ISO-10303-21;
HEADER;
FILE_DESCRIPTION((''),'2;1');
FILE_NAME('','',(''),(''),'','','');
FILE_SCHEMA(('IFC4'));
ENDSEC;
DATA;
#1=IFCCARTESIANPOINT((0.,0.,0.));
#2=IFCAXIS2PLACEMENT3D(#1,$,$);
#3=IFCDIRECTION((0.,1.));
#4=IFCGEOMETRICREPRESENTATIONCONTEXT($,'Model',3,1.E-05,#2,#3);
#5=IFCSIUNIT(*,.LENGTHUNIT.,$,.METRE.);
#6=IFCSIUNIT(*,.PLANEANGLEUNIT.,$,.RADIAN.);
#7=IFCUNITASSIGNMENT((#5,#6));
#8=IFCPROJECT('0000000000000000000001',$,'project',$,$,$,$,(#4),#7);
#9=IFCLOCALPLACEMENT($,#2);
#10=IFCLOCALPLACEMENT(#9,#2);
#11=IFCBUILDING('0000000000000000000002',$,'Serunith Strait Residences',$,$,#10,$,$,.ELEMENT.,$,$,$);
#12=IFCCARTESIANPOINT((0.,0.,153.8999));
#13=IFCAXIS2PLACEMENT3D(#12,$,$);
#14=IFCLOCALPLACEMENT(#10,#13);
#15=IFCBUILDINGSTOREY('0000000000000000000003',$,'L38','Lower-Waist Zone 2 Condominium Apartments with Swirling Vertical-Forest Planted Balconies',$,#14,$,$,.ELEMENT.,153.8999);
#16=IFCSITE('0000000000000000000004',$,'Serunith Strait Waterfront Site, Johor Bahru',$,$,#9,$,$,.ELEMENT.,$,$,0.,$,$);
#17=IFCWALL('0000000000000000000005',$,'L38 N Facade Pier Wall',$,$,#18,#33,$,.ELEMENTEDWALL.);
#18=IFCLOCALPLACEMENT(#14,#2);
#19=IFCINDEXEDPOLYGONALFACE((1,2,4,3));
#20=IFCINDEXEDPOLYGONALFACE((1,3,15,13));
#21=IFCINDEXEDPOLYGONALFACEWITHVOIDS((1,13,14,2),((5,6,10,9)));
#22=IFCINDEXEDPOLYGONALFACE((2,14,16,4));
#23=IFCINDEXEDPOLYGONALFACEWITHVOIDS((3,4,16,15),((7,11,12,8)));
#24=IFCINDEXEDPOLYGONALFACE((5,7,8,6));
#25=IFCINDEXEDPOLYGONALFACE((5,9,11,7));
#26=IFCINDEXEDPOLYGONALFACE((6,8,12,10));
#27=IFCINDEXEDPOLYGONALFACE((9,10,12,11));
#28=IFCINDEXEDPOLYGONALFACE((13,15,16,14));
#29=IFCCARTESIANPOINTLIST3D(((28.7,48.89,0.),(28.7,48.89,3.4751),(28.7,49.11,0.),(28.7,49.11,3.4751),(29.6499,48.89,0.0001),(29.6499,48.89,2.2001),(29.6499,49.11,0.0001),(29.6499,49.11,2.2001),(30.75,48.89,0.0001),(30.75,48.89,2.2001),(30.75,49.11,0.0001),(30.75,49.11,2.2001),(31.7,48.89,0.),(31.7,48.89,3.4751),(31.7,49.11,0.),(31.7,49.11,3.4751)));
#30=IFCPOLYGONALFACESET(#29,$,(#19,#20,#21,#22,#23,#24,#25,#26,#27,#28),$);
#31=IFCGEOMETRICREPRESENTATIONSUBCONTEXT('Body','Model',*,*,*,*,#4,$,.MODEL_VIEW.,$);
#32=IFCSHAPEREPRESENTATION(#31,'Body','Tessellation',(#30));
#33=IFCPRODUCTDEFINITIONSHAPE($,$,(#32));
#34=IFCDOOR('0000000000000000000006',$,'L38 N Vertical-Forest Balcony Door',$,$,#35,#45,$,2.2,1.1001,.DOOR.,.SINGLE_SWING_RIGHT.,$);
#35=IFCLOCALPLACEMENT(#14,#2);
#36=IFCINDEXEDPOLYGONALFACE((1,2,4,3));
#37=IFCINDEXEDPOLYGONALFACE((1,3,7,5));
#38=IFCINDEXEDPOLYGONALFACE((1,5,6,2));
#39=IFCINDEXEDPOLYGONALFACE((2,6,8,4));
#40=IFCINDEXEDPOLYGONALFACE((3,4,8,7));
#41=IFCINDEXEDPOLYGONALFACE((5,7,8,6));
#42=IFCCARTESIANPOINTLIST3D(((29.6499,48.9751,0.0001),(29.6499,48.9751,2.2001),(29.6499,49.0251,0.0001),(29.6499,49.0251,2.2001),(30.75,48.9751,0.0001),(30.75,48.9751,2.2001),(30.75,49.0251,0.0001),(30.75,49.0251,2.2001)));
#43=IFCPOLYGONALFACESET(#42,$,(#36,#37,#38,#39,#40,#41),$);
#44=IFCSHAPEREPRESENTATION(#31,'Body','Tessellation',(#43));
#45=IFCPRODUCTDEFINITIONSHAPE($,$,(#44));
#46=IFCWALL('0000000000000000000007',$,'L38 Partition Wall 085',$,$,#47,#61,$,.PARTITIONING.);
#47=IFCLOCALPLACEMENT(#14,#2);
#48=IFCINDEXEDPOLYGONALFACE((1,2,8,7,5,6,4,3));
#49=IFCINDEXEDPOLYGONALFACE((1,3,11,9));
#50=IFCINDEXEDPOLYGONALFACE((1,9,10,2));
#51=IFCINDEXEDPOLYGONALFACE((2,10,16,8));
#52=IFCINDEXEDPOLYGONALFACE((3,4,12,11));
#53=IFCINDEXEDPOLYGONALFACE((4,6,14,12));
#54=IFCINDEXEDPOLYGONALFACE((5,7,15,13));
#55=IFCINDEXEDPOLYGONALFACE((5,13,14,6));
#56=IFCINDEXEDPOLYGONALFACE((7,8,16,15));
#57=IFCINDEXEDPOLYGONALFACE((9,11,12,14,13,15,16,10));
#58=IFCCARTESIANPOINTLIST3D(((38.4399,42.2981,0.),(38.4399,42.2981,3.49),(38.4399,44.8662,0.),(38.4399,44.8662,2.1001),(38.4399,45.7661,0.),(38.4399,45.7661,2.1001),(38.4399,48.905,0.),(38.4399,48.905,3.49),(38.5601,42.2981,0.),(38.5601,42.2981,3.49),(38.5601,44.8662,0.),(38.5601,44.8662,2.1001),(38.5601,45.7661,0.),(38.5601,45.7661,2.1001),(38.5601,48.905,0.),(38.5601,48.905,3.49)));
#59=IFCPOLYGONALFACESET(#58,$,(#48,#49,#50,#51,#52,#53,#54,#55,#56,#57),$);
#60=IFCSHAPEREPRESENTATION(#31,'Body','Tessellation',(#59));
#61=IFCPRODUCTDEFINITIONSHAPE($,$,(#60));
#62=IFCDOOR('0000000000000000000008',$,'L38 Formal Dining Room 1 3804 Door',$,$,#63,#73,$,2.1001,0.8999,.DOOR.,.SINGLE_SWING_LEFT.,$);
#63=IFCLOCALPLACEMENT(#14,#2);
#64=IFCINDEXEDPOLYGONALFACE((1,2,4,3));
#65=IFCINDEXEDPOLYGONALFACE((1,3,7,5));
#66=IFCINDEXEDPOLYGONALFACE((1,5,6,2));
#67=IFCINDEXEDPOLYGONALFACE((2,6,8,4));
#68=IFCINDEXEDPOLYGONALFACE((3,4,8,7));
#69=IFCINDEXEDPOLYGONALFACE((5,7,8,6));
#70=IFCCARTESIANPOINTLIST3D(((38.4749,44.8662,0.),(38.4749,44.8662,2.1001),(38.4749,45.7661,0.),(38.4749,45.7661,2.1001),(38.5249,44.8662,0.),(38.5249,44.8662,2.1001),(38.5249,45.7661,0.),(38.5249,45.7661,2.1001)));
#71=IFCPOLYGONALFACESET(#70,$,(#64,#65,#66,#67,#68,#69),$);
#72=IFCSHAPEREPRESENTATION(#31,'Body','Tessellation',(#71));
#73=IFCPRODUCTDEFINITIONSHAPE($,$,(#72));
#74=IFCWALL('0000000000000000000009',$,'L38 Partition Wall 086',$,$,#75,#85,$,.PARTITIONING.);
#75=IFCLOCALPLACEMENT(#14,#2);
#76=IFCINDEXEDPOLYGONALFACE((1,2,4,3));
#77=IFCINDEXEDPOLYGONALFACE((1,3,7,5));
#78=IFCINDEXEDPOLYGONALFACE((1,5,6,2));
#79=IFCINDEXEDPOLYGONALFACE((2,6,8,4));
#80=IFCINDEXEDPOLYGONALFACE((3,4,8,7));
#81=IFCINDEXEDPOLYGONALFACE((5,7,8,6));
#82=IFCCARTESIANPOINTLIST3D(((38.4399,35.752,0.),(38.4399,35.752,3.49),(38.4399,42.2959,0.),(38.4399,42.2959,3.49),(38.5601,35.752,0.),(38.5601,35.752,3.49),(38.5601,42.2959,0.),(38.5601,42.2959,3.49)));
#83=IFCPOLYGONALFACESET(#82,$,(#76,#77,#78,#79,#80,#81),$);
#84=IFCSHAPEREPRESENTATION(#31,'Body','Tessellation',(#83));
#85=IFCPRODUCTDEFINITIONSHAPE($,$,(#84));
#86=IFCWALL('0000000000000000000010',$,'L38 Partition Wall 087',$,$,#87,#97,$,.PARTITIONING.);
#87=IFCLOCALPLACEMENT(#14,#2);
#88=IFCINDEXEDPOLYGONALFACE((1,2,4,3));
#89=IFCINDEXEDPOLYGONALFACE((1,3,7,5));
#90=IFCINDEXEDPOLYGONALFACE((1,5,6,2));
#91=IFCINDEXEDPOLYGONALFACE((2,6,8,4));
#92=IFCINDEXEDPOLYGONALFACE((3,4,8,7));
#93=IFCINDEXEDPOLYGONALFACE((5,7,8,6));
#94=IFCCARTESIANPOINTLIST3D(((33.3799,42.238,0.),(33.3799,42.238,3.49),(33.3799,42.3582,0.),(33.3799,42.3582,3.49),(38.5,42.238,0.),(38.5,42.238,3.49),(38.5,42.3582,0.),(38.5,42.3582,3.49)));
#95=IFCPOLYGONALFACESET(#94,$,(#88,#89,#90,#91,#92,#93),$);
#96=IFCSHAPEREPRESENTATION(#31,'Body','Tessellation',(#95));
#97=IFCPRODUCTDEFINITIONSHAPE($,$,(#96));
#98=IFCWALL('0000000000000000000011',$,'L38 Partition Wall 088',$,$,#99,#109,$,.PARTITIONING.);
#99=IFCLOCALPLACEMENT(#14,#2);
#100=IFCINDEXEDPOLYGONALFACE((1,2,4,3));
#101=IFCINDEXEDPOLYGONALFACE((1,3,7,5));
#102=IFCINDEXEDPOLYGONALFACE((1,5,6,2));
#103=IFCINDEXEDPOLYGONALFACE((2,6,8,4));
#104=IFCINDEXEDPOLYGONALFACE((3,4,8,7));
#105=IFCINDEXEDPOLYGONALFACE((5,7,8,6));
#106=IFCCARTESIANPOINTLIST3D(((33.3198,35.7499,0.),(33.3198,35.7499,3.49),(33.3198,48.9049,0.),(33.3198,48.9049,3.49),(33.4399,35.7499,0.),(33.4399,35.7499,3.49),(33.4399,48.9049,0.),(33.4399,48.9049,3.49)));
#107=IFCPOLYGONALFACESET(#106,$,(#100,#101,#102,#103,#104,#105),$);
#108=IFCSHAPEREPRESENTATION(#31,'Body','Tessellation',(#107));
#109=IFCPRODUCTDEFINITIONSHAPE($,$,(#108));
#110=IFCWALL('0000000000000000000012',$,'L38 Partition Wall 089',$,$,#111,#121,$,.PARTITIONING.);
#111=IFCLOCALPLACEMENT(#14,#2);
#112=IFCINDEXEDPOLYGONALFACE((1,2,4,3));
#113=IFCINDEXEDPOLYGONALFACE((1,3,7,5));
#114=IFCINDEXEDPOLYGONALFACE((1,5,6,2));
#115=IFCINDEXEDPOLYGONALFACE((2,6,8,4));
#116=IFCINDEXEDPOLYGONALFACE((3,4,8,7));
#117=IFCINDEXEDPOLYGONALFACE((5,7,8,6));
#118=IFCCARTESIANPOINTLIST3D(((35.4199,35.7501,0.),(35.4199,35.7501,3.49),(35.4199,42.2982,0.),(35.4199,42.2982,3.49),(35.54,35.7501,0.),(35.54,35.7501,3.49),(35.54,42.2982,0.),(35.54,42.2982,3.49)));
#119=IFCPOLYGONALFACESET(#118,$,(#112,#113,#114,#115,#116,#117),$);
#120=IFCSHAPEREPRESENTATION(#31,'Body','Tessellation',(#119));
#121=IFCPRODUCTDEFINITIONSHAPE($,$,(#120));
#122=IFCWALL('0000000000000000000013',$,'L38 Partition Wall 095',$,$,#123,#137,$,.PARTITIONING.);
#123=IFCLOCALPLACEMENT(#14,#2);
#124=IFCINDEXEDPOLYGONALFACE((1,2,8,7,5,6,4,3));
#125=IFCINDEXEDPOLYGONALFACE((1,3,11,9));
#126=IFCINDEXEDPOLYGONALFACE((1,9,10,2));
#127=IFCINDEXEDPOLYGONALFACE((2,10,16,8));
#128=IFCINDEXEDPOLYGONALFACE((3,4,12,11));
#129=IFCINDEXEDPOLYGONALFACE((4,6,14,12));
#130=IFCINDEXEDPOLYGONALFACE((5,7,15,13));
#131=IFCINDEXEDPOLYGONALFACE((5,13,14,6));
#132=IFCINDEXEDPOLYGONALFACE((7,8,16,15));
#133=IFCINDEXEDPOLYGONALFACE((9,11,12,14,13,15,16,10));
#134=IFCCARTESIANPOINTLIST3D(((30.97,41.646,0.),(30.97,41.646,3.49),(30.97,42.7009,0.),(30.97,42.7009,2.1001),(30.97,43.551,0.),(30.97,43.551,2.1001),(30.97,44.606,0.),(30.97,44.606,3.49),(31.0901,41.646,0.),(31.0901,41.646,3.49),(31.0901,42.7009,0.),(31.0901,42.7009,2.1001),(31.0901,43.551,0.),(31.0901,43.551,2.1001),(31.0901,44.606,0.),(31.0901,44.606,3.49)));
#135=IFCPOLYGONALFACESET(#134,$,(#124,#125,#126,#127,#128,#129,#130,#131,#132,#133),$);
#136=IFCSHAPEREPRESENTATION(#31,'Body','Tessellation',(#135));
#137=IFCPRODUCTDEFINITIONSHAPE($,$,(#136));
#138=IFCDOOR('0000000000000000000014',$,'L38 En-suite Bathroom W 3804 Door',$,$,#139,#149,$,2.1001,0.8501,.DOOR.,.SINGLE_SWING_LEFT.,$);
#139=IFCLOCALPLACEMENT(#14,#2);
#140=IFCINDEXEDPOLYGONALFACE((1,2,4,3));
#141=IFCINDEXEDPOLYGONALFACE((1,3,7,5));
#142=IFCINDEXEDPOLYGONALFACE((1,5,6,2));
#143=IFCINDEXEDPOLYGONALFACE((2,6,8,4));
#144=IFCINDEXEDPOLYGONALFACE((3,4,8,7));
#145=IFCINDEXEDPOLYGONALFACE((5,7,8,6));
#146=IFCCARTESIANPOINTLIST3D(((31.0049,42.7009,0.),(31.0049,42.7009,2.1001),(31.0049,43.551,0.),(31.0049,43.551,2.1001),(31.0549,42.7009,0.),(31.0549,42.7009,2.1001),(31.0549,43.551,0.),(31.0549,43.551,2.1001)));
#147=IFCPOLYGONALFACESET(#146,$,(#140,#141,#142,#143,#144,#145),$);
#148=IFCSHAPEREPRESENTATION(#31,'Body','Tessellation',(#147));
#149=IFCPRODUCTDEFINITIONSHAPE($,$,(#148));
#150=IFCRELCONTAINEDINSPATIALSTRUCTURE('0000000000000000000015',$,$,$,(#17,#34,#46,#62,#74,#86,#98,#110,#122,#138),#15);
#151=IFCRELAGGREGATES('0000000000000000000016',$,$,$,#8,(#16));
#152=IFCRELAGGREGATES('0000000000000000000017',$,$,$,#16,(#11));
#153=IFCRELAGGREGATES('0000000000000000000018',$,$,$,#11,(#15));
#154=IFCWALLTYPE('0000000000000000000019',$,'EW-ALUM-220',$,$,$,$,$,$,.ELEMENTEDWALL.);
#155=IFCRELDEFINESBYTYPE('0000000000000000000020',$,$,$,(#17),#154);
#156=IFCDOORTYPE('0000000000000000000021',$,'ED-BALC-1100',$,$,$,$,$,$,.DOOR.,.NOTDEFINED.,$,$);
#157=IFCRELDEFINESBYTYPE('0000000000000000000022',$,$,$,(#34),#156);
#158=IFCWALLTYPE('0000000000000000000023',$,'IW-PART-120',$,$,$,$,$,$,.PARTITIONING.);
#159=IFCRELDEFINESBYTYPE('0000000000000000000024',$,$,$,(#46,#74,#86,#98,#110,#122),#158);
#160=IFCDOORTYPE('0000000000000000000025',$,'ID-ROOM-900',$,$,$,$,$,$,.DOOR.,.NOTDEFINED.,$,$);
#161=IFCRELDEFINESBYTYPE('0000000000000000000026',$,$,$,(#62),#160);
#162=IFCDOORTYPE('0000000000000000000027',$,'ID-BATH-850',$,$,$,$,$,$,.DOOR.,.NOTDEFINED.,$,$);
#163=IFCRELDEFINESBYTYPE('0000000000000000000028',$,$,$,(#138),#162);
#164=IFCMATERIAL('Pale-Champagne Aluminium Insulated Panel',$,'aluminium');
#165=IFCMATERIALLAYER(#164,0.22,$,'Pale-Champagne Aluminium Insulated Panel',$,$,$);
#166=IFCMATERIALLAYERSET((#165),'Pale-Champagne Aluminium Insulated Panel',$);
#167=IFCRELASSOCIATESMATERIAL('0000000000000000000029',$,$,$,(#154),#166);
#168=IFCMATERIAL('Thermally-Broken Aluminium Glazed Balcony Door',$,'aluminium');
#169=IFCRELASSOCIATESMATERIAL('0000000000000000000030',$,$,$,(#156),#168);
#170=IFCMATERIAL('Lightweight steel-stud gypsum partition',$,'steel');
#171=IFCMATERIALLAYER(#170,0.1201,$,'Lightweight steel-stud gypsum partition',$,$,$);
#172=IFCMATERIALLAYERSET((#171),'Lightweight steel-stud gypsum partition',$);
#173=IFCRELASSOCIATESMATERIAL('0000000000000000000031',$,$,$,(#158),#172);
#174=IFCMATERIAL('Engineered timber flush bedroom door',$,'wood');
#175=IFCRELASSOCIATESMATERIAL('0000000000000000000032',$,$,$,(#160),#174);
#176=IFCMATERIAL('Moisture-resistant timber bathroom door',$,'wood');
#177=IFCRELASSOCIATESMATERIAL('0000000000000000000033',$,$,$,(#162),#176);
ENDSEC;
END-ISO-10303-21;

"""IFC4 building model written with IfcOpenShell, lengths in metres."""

from ifc_helpers import new_model, si_unit, direction, frame, frame_2d, origin, place, context, subcontext, project, spatial, rectangle, extrude, source, transform, mapped, material, layer, layer_set, type_object, element, fill, save


model = new_model("IFC4")

# Units and contexts
model_context = context("Model", 3, precision=1e-05, world=origin(), true_north=direction((0.0, 1.0)))
body_context = subcontext(model_context, "Body", "Model", "MODEL_VIEW")
ifc_project = project(units=[si_unit("LENGTHUNIT", "METRE"), si_unit("PLANEANGLEUNIT", "RADIAN")], contexts=[model_context])

# Site, building, storey
site_placement = place(None, origin())
site = spatial("IfcSite", under=ifc_project, at=site_placement, Name="Serunith Strait Waterfront Site, Johor Bahru", CompositionType="ELEMENT", RefElevation=0.0)
building_placement = place(site_placement, origin())
building = spatial("IfcBuilding", under=site, at=building_placement, Name="Serunith Strait Residences", CompositionType="ELEMENT")
storey_placement = place(building_placement, frame((0.0, 0.0, 153.8999)))
storey = spatial("IfcBuildingStorey", under=building, at=storey_placement, Name="L38", Description="Lower-Waist Zone 2 Condominium Apartments with Swirling Vertical-Forest Planted Balconies", CompositionType="ELEMENT", Elevation=153.8999)

# Walls, openings, doors
ifc_material_1 = material(Name="Pale-Champagne Aluminium Insulated Panel", Category="aluminium")
ifc_layer_1 = layer(ifc_material_1, 0.22, Name="Pale-Champagne Aluminium Insulated Panel")
ifc_layer_set_1 = layer_set([ifc_layer_1], Name="Pale-Champagne Aluminium Insulated Panel")
wall_type_1 = type_object("IfcWallType", Name="EW-ALUM-220", PredefinedType="ELEMENTEDWALL", material=ifc_layer_set_1)
wall_1_placement = place(storey_placement, frame((31.7, 49.0, 0.0), z_axis=(0.0, 0.0, 1.0), x_axis=(-1.0, 0.0, 0.0)))
wall_1 = element("IfcWall", 1, at=wall_1_placement, inside=storey, type_object=wall_type_1, Name="L38 N Facade Pier Wall", PredefinedType="ELEMENTEDWALL", context=body_context, shape_type="SweptSolid", body=[
    extrude(rectangle(XDim=3.0, YDim=0.22, at=frame_2d((1.5, 0.0))), origin(), (0.0, 0.0, 1.0), 3.4751),
])
opening_1_placement = place(wall_1_placement, frame((0.95, 0.0, 0.0)))
opening_1 = element("IfcOpeningElement", 2, at=opening_1_placement, cuts=wall_1, PredefinedType="OPENING", context=body_context, shape_type="SweptSolid", body=[
    extrude(rectangle(XDim=1.1001, YDim=2.2, at=frame_2d((0.55, 1.1001))), frame((0.0, 0.1201, 0.0), z_axis=(0.0, -1.0, 0.0), x_axis=(1.0, 0.0, 0.0)), (0.0, 0.0, 1.0), 0.24),
])
ifc_material_2 = material(Name="Thermally-Broken Aluminium Glazed Balcony Door", Category="aluminium")
door_type_1 = type_object("IfcDoorType", Name="ED-BALC-1100", OperationType="NOTDEFINED", PredefinedType="DOOR", material=ifc_material_2)
shared_shape_1 = source(origin(), body_context, "Body", "SweptSolid", [
    extrude(rectangle(XDim=1.1001, YDim=2.2, at=frame_2d((0.55, 1.1001))), frame((0.0, 0.0249, 0.0), z_axis=(0.0, -1.0, 0.0), x_axis=(1.0, 0.0, 0.0)), (0.0, 0.0, 1.0), 0.05),
])
door_1_placement = place(opening_1_placement, origin())
door_1 = element("IfcDoor", 3, at=door_1_placement, inside=storey, type_object=door_type_1, Name="L38 N Vertical-Forest Balcony Door", OperationType="SINGLE_SWING_RIGHT", OverallHeight=2.2, OverallWidth=1.1001, PredefinedType="DOOR", context=body_context, shape_type="MappedRepresentation", body=[
    mapped(shared_shape_1, transform((0.0, 0.0, 0.0), scale=1.0)),
])
fill(opening_1, door_1)
ifc_material_3 = material(Name="Lightweight steel-stud gypsum partition", Category="steel")
ifc_layer_2 = layer(ifc_material_3, 0.1201, Name="Lightweight steel-stud gypsum partition")
ifc_layer_set_2 = layer_set([ifc_layer_2], Name="Lightweight steel-stud gypsum partition")
wall_type_2 = type_object("IfcWallType", Name="IW-PART-120", PredefinedType="PARTITIONING", material=ifc_layer_set_2)
wall_2_placement = place(storey_placement, frame((38.5, 48.905, 0.0), z_axis=(0.0, 0.0, 1.0), x_axis=(0.0, -1.0, 0.0)))
wall_2 = element("IfcWall", 4, at=wall_2_placement, inside=storey, type_object=wall_type_2, Name="L38 Partition Wall 085", PredefinedType="PARTITIONING", context=body_context, shape_type="SweptSolid", body=[
    extrude(rectangle(XDim=6.6069, YDim=0.1201, at=frame_2d((3.3035, 0.0))), origin(), (0.0, 0.0, 1.0), 3.49),
])
opening_2_placement = place(wall_2_placement, frame((3.1389, 0.0, 0.0)))
opening_2 = element("IfcOpeningElement", 5, at=opening_2_placement, cuts=wall_2, PredefinedType="OPENING", context=body_context, shape_type="SweptSolid", body=[
    extrude(rectangle(XDim=0.8999, YDim=2.1001, at=frame_2d((0.45, 1.05))), frame((0.0, 0.0701, 0.0), z_axis=(0.0, -1.0, 0.0), x_axis=(1.0, 0.0, 0.0)), (0.0, 0.0, 1.0), 0.1401),
])
ifc_material_4 = material(Name="Engineered timber flush bedroom door", Category="wood")
door_type_2 = type_object("IfcDoorType", Name="ID-ROOM-900", OperationType="NOTDEFINED", PredefinedType="DOOR", material=ifc_material_4)
shared_shape_2 = source(origin(), body_context, "Body", "SweptSolid", [
    extrude(rectangle(XDim=0.8999, YDim=2.1001, at=frame_2d((0.45, 1.05))), frame((0.0, 0.0249, 0.0), z_axis=(0.0, -1.0, 0.0), x_axis=(1.0, 0.0, 0.0)), (0.0, 0.0, 1.0), 0.05),
])
door_2_placement = place(opening_2_placement, origin())
door_2 = element("IfcDoor", 6, at=door_2_placement, inside=storey, type_object=door_type_2, Name="L38 Formal Dining Room 1 3804 Door", OperationType="SINGLE_SWING_LEFT", OverallHeight=2.1001, OverallWidth=0.8999, PredefinedType="DOOR", context=body_context, shape_type="MappedRepresentation", body=[
    mapped(shared_shape_2, transform((0.0, 0.0, 0.0), scale=1.0)),
])
fill(opening_2, door_2)

# Walls
wall_3_placement = place(storey_placement, frame((38.5, 42.2959, 0.0), z_axis=(0.0, 0.0, 1.0), x_axis=(0.0, -1.0, 0.0)))
element("IfcWall", 7, at=wall_3_placement, inside=storey, type_object=wall_type_2, Name="L38 Partition Wall 086", PredefinedType="PARTITIONING", context=body_context, shape_type="SweptSolid", body=[
    extrude(rectangle(XDim=6.5439, YDim=0.1201, at=frame_2d((3.272, 0.0))), origin(), (0.0, 0.0, 1.0), 3.49),
])
wall_4_placement = place(storey_placement, frame((33.3799, 42.2981, 0.0), z_axis=(0.0, 0.0, 1.0), x_axis=(1.0, 0.0, 0.0)))
element("IfcWall", 8, at=wall_4_placement, inside=storey, type_object=wall_type_2, Name="L38 Partition Wall 087", PredefinedType="PARTITIONING", context=body_context, shape_type="SweptSolid", body=[
    extrude(rectangle(XDim=5.1201, YDim=0.1201, at=frame_2d((2.5601, 0.0))), origin(), (0.0, 0.0, 1.0), 3.49),
])
wall_5_placement = place(storey_placement, frame((33.3799, 48.905, 0.0), z_axis=(0.0, 0.0, 1.0), x_axis=(0.0, -1.0, 0.0)))
element("IfcWall", 9, at=wall_5_placement, inside=storey, type_object=wall_type_2, Name="L38 Partition Wall 088", PredefinedType="PARTITIONING", context=body_context, shape_type="SweptSolid", body=[
    extrude(rectangle(XDim=13.155, YDim=0.1201, at=frame_2d((6.5776, 0.0))), origin(), (0.0, 0.0, 1.0), 3.49),
])
wall_6_placement = place(storey_placement, frame((35.48, 42.2981, 0.0), z_axis=(0.0, 0.0, 1.0), x_axis=(0.0, -1.0, 0.0)))
element("IfcWall", 10, at=wall_6_placement, inside=storey, type_object=wall_type_2, Name="L38 Partition Wall 089", PredefinedType="PARTITIONING", context=body_context, shape_type="SweptSolid", body=[
    extrude(rectangle(XDim=6.5481, YDim=0.1201, at=frame_2d((3.2739, 0.0))), origin(), (0.0, 0.0, 1.0), 3.49),
])

# Wall, opening, door
wall_7_placement = place(storey_placement, frame((31.03, 44.606, 0.0), z_axis=(0.0, 0.0, 1.0), x_axis=(0.0, -1.0, 0.0)))
wall_7 = element("IfcWall", 11, at=wall_7_placement, inside=storey, type_object=wall_type_2, Name="L38 Partition Wall 095", PredefinedType="PARTITIONING", context=body_context, shape_type="SweptSolid", body=[
    extrude(rectangle(XDim=2.96, YDim=0.1201, at=frame_2d((1.48, 0.0))), origin(), (0.0, 0.0, 1.0), 3.49),
])
opening_3_placement = place(wall_7_placement, frame((1.0549, 0.0, 0.0)))
opening_3 = element("IfcOpeningElement", 12, at=opening_3_placement, cuts=wall_7, PredefinedType="OPENING", context=body_context, shape_type="SweptSolid", body=[
    extrude(rectangle(XDim=0.8501, YDim=2.1001, at=frame_2d((0.425, 1.05))), frame((0.0, 0.0701, 0.0), z_axis=(0.0, -1.0, 0.0), x_axis=(1.0, 0.0, 0.0)), (0.0, 0.0, 1.0), 0.1401),
])
ifc_material_5 = material(Name="Moisture-resistant timber bathroom door", Category="wood")
door_type_3 = type_object("IfcDoorType", Name="ID-BATH-850", OperationType="NOTDEFINED", PredefinedType="DOOR", material=ifc_material_5)
shared_shape_3 = source(origin(), body_context, "Body", "SweptSolid", [
    extrude(rectangle(XDim=0.8501, YDim=2.1001, at=frame_2d((0.425, 1.05))), frame((0.0, 0.0249, 0.0), z_axis=(0.0, -1.0, 0.0), x_axis=(1.0, 0.0, 0.0)), (0.0, 0.0, 1.0), 0.05),
])
door_3_placement = place(opening_3_placement, origin())
door_3 = element("IfcDoor", 13, at=door_3_placement, inside=storey, type_object=door_type_3, Name="L38 En-suite Bathroom W 3804 Door", OperationType="SINGLE_SWING_LEFT", OverallHeight=2.1001, OverallWidth=0.8501, PredefinedType="DOOR", context=body_context, shape_type="MappedRepresentation", body=[
    mapped(shared_shape_3, transform((0.0, 0.0, 0.0), scale=1.0)),
])
fill(opening_3, door_3)

save(model, "model.ifc")
